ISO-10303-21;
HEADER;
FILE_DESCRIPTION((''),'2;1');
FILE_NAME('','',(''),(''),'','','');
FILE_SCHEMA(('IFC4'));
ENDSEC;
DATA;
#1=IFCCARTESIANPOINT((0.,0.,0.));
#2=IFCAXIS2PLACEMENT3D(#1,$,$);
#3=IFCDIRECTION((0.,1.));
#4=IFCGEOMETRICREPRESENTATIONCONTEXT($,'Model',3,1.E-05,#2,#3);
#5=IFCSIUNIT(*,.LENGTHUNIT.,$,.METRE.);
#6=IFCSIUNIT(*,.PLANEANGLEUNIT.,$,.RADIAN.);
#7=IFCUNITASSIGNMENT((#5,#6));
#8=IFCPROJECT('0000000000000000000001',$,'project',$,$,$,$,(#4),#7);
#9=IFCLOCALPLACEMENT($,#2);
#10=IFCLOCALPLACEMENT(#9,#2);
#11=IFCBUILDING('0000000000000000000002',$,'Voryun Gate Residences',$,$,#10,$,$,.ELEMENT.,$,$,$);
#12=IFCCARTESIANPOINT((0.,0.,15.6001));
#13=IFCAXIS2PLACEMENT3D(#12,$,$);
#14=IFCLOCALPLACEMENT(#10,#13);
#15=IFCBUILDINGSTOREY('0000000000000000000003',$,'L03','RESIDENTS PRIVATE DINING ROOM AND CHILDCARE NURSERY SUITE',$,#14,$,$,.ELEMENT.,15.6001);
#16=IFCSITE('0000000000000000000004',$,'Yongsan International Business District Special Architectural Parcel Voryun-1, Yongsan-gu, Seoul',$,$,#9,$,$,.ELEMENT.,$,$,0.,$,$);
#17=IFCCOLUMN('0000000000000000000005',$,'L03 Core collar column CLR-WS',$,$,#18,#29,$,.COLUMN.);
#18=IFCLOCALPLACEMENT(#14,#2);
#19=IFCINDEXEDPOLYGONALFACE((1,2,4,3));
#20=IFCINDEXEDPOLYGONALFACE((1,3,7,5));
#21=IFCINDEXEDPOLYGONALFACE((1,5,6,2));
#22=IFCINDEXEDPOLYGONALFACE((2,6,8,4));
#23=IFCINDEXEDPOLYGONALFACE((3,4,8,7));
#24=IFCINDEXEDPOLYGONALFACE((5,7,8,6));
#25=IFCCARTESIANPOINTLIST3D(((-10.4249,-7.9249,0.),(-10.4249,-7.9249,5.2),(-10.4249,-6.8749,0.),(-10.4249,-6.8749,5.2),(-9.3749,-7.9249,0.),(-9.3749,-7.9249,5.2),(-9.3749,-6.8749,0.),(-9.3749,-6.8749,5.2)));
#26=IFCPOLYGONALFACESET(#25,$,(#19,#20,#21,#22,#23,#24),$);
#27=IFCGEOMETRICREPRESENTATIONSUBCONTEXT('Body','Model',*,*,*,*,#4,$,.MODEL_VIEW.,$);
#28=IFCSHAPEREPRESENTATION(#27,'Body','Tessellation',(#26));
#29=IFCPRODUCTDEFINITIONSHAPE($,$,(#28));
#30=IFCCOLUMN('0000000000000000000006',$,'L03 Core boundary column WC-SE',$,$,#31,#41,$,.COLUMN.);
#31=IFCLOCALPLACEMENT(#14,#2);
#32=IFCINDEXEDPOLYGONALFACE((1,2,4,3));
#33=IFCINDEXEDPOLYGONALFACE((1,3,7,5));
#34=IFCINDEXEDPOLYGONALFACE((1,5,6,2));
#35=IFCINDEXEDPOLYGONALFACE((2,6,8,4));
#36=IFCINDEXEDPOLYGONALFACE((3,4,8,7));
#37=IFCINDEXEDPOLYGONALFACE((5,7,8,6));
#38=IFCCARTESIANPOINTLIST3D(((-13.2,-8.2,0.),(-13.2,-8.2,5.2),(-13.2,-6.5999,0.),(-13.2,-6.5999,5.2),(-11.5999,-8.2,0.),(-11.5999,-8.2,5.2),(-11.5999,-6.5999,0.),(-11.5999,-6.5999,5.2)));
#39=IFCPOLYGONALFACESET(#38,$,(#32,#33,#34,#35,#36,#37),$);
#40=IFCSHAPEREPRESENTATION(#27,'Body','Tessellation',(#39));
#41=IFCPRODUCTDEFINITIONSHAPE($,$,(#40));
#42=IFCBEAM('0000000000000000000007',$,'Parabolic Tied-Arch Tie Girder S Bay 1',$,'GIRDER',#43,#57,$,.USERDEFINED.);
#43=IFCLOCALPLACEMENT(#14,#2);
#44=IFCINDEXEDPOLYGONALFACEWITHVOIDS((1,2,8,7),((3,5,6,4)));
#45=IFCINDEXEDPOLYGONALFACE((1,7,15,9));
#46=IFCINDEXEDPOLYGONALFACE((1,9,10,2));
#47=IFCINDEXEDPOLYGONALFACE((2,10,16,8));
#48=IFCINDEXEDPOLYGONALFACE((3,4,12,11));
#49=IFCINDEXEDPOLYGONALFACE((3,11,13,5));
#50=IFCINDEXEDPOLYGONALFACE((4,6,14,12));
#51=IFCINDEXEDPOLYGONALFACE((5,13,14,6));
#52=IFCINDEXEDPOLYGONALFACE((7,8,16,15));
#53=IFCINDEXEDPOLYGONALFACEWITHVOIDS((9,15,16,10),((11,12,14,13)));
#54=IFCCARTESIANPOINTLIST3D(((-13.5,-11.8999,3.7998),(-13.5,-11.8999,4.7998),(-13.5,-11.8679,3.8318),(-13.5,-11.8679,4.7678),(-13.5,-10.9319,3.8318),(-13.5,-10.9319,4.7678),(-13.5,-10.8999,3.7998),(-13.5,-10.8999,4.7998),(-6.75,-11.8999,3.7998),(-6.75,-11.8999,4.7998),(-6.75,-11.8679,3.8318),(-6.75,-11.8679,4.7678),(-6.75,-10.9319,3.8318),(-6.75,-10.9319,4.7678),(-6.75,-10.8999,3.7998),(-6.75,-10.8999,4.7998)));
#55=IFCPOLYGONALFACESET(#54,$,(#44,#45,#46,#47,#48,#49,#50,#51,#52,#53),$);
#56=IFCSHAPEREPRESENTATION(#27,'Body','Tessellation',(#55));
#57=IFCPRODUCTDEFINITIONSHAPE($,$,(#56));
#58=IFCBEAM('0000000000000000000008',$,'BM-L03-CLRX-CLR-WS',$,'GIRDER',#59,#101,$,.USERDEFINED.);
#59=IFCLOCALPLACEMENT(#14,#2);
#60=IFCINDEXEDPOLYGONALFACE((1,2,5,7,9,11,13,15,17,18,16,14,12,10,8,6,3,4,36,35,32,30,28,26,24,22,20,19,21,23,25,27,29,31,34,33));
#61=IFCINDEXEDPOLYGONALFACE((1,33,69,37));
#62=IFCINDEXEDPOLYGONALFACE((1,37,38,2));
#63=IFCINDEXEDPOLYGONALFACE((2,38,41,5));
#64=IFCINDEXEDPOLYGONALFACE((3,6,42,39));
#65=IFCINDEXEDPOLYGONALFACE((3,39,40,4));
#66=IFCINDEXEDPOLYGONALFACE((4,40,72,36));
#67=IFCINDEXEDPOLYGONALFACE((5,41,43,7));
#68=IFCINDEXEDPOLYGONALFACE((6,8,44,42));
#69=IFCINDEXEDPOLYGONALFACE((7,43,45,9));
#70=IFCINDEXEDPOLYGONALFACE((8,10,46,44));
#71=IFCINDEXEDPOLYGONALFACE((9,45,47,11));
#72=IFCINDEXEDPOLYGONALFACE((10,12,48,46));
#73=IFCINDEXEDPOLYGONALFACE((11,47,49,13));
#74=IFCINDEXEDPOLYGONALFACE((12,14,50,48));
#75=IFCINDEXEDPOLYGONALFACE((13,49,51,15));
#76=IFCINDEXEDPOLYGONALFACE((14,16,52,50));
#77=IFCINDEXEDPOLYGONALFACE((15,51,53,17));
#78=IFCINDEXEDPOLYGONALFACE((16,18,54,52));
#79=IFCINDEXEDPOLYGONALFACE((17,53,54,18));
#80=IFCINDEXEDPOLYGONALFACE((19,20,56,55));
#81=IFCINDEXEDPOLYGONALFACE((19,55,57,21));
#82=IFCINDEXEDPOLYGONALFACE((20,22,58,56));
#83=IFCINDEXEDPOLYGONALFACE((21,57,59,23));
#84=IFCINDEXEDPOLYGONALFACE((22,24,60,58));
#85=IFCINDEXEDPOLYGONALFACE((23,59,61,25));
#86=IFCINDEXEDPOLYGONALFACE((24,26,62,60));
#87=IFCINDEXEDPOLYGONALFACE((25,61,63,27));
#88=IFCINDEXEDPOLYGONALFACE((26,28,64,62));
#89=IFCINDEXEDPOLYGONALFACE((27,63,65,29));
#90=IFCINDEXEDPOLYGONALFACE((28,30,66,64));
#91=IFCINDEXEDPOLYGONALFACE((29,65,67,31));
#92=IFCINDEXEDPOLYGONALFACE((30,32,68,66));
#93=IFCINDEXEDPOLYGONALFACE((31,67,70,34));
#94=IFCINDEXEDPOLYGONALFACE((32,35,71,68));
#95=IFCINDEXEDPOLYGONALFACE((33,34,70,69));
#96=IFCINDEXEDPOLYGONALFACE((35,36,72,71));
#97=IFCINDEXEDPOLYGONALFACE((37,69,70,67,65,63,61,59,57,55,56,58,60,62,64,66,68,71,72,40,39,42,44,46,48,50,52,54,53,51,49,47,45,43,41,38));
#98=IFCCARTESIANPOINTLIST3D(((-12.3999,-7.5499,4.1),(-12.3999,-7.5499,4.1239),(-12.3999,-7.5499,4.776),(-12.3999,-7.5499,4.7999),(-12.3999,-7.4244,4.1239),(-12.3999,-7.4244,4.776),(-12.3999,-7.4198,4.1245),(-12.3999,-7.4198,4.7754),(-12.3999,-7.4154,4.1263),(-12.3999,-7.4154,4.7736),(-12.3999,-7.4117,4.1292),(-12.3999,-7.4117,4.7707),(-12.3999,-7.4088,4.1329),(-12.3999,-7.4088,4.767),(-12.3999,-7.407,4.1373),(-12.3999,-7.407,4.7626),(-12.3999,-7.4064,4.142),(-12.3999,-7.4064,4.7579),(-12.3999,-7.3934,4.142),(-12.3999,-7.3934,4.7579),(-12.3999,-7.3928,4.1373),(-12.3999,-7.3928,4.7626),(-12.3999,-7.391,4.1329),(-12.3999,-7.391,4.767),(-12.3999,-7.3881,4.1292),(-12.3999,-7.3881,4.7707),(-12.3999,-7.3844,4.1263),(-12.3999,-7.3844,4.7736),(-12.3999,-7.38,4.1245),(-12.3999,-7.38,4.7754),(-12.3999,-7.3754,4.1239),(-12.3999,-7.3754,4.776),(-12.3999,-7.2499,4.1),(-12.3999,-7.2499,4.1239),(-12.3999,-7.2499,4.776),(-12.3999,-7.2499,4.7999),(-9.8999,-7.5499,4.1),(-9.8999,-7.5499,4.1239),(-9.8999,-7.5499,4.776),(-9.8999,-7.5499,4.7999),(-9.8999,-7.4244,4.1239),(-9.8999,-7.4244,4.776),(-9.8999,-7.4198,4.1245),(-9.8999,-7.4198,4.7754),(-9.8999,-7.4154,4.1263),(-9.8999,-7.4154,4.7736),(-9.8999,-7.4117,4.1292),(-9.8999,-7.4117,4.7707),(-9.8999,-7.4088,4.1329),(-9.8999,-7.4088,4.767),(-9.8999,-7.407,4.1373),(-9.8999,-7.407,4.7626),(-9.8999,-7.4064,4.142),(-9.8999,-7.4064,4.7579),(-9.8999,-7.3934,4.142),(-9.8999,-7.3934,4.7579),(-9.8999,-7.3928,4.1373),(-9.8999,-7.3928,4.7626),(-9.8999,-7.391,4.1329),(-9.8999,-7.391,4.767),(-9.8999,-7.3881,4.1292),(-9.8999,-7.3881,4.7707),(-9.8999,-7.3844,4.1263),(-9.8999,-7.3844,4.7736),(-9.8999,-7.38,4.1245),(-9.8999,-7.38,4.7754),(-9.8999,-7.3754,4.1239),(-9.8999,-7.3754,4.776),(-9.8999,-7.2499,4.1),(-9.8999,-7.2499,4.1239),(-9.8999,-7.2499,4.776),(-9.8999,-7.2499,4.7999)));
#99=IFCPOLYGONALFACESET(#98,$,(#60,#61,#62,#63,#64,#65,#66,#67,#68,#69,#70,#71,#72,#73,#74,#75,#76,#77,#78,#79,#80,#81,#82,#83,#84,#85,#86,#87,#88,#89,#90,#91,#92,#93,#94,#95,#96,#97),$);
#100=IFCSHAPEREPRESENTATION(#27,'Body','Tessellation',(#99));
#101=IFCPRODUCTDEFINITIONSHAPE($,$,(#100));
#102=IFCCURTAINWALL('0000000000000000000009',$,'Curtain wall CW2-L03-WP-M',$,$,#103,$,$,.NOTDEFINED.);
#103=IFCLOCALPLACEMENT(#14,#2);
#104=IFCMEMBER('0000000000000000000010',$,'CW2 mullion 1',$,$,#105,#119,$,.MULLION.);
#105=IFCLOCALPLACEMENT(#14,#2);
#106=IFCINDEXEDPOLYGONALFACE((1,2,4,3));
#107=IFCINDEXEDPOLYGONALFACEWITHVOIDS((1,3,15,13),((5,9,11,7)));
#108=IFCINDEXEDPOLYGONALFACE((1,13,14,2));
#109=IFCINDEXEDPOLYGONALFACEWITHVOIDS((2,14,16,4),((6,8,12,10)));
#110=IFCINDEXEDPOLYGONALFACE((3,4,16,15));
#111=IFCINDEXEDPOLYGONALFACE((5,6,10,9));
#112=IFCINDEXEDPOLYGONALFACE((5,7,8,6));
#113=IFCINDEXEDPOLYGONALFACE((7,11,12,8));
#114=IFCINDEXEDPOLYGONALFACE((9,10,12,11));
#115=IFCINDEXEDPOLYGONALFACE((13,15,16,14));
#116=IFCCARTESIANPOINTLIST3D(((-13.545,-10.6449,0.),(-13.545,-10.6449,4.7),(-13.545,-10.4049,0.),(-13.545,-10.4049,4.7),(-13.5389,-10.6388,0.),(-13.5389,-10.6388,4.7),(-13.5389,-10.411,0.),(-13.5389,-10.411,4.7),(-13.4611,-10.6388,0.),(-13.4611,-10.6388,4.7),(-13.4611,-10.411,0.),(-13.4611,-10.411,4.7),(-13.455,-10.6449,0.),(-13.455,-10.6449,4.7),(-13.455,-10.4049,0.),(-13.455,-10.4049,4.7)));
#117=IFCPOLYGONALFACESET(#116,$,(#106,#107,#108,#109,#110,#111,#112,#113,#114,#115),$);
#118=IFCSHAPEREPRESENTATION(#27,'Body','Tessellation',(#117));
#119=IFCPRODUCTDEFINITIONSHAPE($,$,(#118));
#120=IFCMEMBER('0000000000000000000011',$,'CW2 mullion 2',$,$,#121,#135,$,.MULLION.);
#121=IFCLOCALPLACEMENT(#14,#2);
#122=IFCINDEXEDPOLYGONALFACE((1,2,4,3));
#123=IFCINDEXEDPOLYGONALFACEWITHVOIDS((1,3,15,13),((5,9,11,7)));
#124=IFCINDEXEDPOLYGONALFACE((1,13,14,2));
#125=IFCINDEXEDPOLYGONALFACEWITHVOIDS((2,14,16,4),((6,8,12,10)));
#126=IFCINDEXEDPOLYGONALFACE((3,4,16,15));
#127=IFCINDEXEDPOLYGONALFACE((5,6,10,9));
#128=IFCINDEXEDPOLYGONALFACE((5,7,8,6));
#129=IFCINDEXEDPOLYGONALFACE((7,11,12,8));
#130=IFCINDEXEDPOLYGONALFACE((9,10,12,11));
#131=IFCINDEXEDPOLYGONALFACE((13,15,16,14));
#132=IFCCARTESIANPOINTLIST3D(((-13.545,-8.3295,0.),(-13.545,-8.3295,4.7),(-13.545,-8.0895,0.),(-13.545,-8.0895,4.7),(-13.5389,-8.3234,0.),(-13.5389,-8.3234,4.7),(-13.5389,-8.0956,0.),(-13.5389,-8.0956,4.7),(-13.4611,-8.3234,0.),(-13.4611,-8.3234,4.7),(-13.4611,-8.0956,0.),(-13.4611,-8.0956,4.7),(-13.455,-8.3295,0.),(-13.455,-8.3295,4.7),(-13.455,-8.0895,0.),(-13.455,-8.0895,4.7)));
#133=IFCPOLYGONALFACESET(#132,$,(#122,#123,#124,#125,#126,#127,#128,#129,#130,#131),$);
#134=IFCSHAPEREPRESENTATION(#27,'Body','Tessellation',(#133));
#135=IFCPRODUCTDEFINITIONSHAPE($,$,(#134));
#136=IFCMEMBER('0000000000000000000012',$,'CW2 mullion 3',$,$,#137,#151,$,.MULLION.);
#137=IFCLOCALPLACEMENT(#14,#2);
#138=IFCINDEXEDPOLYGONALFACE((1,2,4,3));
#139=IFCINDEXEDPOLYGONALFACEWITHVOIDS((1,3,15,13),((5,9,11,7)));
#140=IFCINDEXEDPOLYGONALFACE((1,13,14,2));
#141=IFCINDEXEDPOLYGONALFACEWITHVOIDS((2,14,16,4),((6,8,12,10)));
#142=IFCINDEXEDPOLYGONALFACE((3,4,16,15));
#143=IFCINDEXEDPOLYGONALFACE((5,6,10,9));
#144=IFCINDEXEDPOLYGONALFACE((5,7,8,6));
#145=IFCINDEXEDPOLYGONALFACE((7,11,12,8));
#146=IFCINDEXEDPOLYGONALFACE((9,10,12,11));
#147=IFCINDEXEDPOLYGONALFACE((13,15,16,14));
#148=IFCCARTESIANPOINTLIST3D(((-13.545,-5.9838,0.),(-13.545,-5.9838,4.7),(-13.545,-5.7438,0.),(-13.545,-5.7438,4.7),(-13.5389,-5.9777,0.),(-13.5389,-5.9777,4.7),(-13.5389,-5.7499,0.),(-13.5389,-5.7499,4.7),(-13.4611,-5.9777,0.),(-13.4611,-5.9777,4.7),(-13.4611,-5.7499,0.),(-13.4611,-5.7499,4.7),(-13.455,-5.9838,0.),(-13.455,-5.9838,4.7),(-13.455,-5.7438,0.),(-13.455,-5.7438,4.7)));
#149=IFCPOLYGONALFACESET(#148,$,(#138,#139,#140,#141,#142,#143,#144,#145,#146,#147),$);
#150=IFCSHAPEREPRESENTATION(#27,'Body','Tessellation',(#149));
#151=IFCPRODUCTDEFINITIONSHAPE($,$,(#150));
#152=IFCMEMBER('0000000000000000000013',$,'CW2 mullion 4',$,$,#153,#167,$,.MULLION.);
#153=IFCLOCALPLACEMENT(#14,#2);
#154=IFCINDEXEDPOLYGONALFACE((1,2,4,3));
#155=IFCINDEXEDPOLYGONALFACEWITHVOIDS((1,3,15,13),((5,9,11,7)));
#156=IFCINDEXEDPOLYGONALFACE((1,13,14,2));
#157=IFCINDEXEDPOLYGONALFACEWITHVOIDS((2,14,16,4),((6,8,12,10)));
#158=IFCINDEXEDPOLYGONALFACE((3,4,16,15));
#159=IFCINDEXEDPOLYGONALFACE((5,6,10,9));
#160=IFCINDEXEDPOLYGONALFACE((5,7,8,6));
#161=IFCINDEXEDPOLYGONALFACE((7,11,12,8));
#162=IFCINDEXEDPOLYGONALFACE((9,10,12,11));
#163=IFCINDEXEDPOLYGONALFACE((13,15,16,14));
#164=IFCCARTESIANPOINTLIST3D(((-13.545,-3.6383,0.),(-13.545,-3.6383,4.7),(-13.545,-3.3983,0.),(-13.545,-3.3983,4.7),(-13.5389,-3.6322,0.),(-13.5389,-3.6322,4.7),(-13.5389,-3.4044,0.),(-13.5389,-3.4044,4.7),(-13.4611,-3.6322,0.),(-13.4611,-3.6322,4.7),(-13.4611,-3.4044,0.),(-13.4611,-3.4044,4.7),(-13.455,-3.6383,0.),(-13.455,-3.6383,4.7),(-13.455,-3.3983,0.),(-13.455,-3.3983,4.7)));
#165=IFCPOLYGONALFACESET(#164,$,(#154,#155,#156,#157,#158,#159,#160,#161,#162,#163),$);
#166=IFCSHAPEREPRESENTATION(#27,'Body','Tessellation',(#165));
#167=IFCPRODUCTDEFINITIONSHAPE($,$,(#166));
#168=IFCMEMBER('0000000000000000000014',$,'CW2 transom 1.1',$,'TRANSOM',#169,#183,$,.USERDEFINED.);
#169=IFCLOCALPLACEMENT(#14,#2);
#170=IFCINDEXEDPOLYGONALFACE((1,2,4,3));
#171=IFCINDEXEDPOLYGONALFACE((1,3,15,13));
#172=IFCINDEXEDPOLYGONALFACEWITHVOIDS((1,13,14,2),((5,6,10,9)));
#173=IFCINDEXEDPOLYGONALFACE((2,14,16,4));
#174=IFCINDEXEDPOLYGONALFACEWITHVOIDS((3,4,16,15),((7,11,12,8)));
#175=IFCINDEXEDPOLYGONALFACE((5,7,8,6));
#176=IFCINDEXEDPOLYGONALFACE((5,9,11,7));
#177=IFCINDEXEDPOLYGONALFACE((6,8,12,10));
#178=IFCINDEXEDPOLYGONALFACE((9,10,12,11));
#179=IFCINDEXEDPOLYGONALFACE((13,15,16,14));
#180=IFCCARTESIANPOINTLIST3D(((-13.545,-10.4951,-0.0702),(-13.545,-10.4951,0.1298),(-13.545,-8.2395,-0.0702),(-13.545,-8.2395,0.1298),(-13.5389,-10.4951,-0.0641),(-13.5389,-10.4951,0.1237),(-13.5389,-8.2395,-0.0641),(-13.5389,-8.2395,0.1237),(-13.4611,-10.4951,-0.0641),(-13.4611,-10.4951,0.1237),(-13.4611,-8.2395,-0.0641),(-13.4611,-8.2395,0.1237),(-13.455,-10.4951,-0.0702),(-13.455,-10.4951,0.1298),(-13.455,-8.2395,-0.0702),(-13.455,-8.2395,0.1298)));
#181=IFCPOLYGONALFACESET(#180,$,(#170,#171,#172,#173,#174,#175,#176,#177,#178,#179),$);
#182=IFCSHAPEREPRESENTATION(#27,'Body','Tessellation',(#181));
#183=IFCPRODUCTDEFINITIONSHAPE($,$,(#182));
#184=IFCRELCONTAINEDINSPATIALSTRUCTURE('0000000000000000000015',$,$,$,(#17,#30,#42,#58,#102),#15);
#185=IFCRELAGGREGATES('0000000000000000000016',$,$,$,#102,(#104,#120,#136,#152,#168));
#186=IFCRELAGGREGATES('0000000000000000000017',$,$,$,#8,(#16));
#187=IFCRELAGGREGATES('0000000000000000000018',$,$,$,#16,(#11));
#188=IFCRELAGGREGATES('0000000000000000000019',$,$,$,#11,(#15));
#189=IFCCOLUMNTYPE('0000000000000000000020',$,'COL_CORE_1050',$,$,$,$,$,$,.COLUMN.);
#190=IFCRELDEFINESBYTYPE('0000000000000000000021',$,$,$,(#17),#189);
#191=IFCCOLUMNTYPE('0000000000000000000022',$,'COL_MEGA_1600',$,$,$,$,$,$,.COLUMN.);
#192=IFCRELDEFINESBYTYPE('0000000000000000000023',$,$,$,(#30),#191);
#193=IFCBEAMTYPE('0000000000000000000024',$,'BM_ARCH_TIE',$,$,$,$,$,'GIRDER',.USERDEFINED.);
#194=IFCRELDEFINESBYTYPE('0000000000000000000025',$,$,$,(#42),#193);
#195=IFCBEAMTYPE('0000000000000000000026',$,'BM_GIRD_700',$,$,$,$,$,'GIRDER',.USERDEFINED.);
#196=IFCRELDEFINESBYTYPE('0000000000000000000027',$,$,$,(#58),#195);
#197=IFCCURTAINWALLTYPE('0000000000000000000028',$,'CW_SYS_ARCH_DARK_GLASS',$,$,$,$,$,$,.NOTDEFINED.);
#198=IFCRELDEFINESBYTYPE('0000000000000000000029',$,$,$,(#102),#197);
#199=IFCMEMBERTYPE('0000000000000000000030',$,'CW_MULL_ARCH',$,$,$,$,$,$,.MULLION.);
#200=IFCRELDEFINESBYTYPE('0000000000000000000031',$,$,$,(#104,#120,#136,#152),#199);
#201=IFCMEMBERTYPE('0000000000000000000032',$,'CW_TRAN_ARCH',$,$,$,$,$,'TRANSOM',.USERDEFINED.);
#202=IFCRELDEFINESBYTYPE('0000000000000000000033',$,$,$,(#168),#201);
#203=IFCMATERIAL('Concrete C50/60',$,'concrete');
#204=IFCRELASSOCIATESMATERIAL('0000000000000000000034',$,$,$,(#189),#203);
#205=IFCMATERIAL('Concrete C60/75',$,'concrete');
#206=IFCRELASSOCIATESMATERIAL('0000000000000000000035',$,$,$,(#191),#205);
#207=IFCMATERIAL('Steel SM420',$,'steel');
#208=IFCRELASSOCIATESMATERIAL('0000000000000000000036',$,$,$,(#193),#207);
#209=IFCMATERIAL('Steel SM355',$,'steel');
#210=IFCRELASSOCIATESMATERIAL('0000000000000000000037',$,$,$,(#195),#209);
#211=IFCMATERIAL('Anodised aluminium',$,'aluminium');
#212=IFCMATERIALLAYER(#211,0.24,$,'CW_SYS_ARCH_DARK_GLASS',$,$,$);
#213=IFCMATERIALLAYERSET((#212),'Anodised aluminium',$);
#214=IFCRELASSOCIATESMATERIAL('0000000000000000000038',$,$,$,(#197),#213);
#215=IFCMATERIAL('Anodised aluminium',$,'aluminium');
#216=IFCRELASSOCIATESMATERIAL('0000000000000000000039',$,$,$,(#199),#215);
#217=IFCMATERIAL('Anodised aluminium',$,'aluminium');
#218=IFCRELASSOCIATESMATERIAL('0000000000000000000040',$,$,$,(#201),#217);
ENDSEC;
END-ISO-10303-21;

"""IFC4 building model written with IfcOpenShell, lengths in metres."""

from ifc_helpers import new_model, si_unit, direction, frame, origin, origin_2d, place, context, subcontext, project, spatial, rectangle, hollow_rectangle, i_section, extrude, material, layer, layer_set, material_profile, profile_set, type_object, element, aggregate, save


model = new_model("IFC4")

# Units and contexts
model_context = context("Model", 3, precision=1e-05, world=origin(), true_north=direction((0.0, 1.0)))
body_context = subcontext(model_context, "Body", "Model", "MODEL_VIEW")
ifc_project = project(units=[si_unit("LENGTHUNIT", "METRE"), si_unit("PLANEANGLEUNIT", "RADIAN")], contexts=[model_context])

# Site, building, storey
site_placement = place(None, origin())
site = spatial("IfcSite", under=ifc_project, at=site_placement, Name="Yongsan International Business District Special Architectural Parcel Voryun-1, Yongsan-gu, Seoul", CompositionType="ELEMENT", RefElevation=0.0)
building_placement = place(site_placement, origin())
building = spatial("IfcBuilding", under=site, at=building_placement, Name="Voryun Gate Residences", CompositionType="ELEMENT")
storey_placement = place(building_placement, frame((0.0, 0.0, 15.6001)))
storey = spatial("IfcBuildingStorey", under=building, at=storey_placement, Name="L03", Description="RESIDENTS PRIVATE DINING ROOM AND CHILDCARE NURSERY SUITE", CompositionType="ELEMENT", Elevation=15.6001)

# Columns
ifc_material_1 = material(Name="Concrete C50/60", Category="concrete")
ifc_material_profile_1 = material_profile(ifc_material_1, rectangle(XDim=1.05, YDim=1.05, at=origin_2d()), Name="RC-1050x1050")
ifc_profile_set_1 = profile_set([ifc_material_profile_1], Name="Concrete C50/60")
column_type_1 = type_object("IfcColumnType", Name="COL_CORE_1050", PredefinedType="COLUMN", material=ifc_profile_set_1)
column_1_placement = place(storey_placement, frame((-9.8999, -7.3999, 0.0), z_axis=(0.0, 0.0, 1.0), x_axis=(1.0, 0.0, 0.0)))
element("IfcColumn", 1, at=column_1_placement, inside=storey, type_object=column_type_1, Name="L03 Core collar column CLR-WS", PredefinedType="COLUMN", context=body_context, shape_type="SweptSolid", body=[
    extrude(rectangle(XDim=1.05, YDim=1.05, at=origin_2d()), origin(), (0.0, 0.0, 1.0), 5.2),
])
ifc_material_2 = material(Name="Concrete C60/75", Category="concrete")
ifc_material_profile_2 = material_profile(ifc_material_2, rectangle(XDim=1.6001, YDim=1.6001, at=origin_2d()), Name="RC-1600x1600")
ifc_profile_set_2 = profile_set([ifc_material_profile_2], Name="Concrete C60/75")
column_type_2 = type_object("IfcColumnType", Name="COL_MEGA_1600", PredefinedType="COLUMN", material=ifc_profile_set_2)
column_2_placement = place(storey_placement, frame((-12.3999, -7.3999, 0.0), z_axis=(0.0, 0.0, 1.0), x_axis=(1.0, 0.0, 0.0)))
element("IfcColumn", 2, at=column_2_placement, inside=storey, type_object=column_type_2, Name="L03 Core boundary column WC-SE", PredefinedType="COLUMN", context=body_context, shape_type="SweptSolid", body=[
    extrude(rectangle(XDim=1.6001, YDim=1.6001, at=origin_2d()), origin(), (0.0, 0.0, 1.0), 5.2),
])

# Beams
ifc_material_3 = material(Name="Steel SM420", Category="steel")
ifc_material_profile_3 = material_profile(ifc_material_3, hollow_rectangle(XDim=1.0, YDim=1.0, WallThickness=0.032, at=origin_2d()), Name="BOX-1000x1000x32")
ifc_profile_set_3 = profile_set([ifc_material_profile_3], Name="Steel SM420")
beam_type_1 = type_object("IfcBeamType", Name="BM_ARCH_TIE", ElementType="GIRDER", PredefinedType="USERDEFINED", material=ifc_profile_set_3)
beam_1_placement = place(storey_placement, frame((-13.5, -11.3999, 4.2998), z_axis=(1.0, 0.0, 0.0), x_axis=(0.0, 1.0, 0.0)))
element("IfcBeam", 3, at=beam_1_placement, inside=storey, type_object=beam_type_1, Name="Parabolic Tied-Arch Tie Girder S Bay 1", ObjectType="GIRDER", PredefinedType="USERDEFINED", context=body_context, shape_type="SweptSolid", body=[
    extrude(hollow_rectangle(XDim=1.0, YDim=1.0, WallThickness=0.032, at=origin_2d()), origin(), (0.0, 0.0, 1.0), 6.75),
])
ifc_material_4 = material(Name="Steel SM355", Category="steel")
ifc_material_profile_4 = material_profile(ifc_material_4, i_section(OverallWidth=0.3, OverallDepth=0.7, WebThickness=0.0129, FlangeThickness=0.0239, FilletRadius=0.0181, at=origin_2d()), Name="H-700x300x13x24")
ifc_profile_set_4 = profile_set([ifc_material_profile_4], Name="Steel SM355")
beam_type_2 = type_object("IfcBeamType", Name="BM_GIRD_700", ElementType="GIRDER", PredefinedType="USERDEFINED", material=ifc_profile_set_4)
beam_2_placement = place(storey_placement, frame((-12.3999, -7.3999, 4.45), z_axis=(1.0, 0.0, 0.0), x_axis=(0.0, 1.0, 0.0)))
element("IfcBeam", 4, at=beam_2_placement, inside=storey, type_object=beam_type_2, Name="BM-L03-CLRX-CLR-WS", ObjectType="GIRDER", PredefinedType="USERDEFINED", context=body_context, shape_type="SweptSolid", body=[
    extrude(i_section(OverallWidth=0.3, OverallDepth=0.7, WebThickness=0.0129, FlangeThickness=0.0239, FilletRadius=0.0181, at=origin_2d()), origin(), (0.0, 0.0, 1.0), 2.5),
])

# Curtain wall, members
ifc_material_5 = material(Name="Anodised aluminium", Category="aluminium")
ifc_layer_1 = layer(ifc_material_5, 0.24, Name="CW_SYS_ARCH_DARK_GLASS")
ifc_layer_set_1 = layer_set([ifc_layer_1], Name="Anodised aluminium")
curtain_wall_type = type_object("IfcCurtainWallType", Name="CW_SYS_ARCH_DARK_GLASS", PredefinedType="NOTDEFINED", material=ifc_layer_set_1)
curtain_wall_placement = place(storey_placement, origin())
curtain_wall = element("IfcCurtainWall", 5, at=curtain_wall_placement, inside=storey, type_object=curtain_wall_type, Name="Curtain wall CW2-L03-WP-M", PredefinedType="NOTDEFINED")
ifc_material_6 = material(Name="Anodised aluminium", Category="aluminium")
ifc_material_profile_5 = material_profile(ifc_material_6, hollow_rectangle(XDim=0.0901, YDim=0.24, WallThickness=0.0061, at=origin_2d()), Name="ALU-MULL-240x90x6")
ifc_profile_set_5 = profile_set([ifc_material_profile_5], Name="Anodised aluminium")
member_type_1 = type_object("IfcMemberType", Name="CW_MULL_ARCH", PredefinedType="MULLION", material=ifc_profile_set_5)
member_1_placement = place(storey_placement, frame((-13.5, -10.5249, 0.0), z_axis=(0.0, 0.0, 1.0), x_axis=(-1.0, 0.0, 0.0)))
member_1 = element("IfcMember", 6, at=member_1_placement, type_object=member_type_1, Name="CW2 mullion 1", PredefinedType="MULLION", context=body_context, shape_type="SweptSolid", body=[
    extrude(hollow_rectangle(XDim=0.0901, YDim=0.24, WallThickness=0.0061, at=origin_2d()), origin(), (0.0, 0.0, 1.0), 4.7),
])
member_2_placement = place(storey_placement, frame((-13.5, -8.2095, 0.0), z_axis=(0.0, 0.0, 1.0), x_axis=(-1.0, 0.0, 0.0)))
member_2 = element("IfcMember", 7, at=member_2_placement, type_object=member_type_1, Name="CW2 mullion 2", PredefinedType="MULLION", context=body_context, shape_type="SweptSolid", body=[
    extrude(hollow_rectangle(XDim=0.0901, YDim=0.24, WallThickness=0.0061, at=origin_2d()), origin(), (0.0, 0.0, 1.0), 4.7),
])
member_3_placement = place(storey_placement, frame((-13.5, -5.8638, 0.0), z_axis=(0.0, 0.0, 1.0), x_axis=(-1.0, 0.0, 0.0)))
member_3 = element("IfcMember", 8, at=member_3_placement, type_object=member_type_1, Name="CW2 mullion 3", PredefinedType="MULLION", context=body_context, shape_type="SweptSolid", body=[
    extrude(hollow_rectangle(XDim=0.0901, YDim=0.24, WallThickness=0.0061, at=origin_2d()), origin(), (0.0, 0.0, 1.0), 4.7),
])
member_4_placement = place(storey_placement, frame((-13.5, -3.5183, 0.0), z_axis=(0.0, 0.0, 1.0), x_axis=(-1.0, 0.0, 0.0)))
member_4 = element("IfcMember", 9, at=member_4_placement, type_object=member_type_1, Name="CW2 mullion 4", PredefinedType="MULLION", context=body_context, shape_type="SweptSolid", body=[
    extrude(hollow_rectangle(XDim=0.0901, YDim=0.24, WallThickness=0.0061, at=origin_2d()), origin(), (0.0, 0.0, 1.0), 4.7),
])
ifc_material_7 = material(Name="Anodised aluminium", Category="aluminium")
ifc_material_profile_6 = material_profile(ifc_material_7, hollow_rectangle(XDim=0.0901, YDim=0.2, WallThickness=0.0061, at=origin_2d()), Name="ALU-TRAN-200x90x6")
ifc_profile_set_6 = profile_set([ifc_material_profile_6], Name="Anodised aluminium")
member_type_2 = type_object("IfcMemberType", Name="CW_TRAN_ARCH", ElementType="TRANSOM", PredefinedType="USERDEFINED", material=ifc_profile_set_6)
member_5_placement = place(storey_placement, frame((-13.5, -10.4951, 0.0298), z_axis=(0.0, 1.0, 0.0), x_axis=(-1.0, 0.0, 0.0)))
member_5 = element("IfcMember", 10, at=member_5_placement, type_object=member_type_2, Name="CW2 transom 1.1", ObjectType="TRANSOM", PredefinedType="USERDEFINED", context=body_context, shape_type="SweptSolid", body=[
    extrude(hollow_rectangle(XDim=0.0901, YDim=0.2, WallThickness=0.0061, at=origin_2d()), origin(), (0.0, 0.0, 1.0), 2.2556),
])

aggregate(curtain_wall, [member_1, member_2, member_3, member_4, member_5])

save(model, "model.ifc")
